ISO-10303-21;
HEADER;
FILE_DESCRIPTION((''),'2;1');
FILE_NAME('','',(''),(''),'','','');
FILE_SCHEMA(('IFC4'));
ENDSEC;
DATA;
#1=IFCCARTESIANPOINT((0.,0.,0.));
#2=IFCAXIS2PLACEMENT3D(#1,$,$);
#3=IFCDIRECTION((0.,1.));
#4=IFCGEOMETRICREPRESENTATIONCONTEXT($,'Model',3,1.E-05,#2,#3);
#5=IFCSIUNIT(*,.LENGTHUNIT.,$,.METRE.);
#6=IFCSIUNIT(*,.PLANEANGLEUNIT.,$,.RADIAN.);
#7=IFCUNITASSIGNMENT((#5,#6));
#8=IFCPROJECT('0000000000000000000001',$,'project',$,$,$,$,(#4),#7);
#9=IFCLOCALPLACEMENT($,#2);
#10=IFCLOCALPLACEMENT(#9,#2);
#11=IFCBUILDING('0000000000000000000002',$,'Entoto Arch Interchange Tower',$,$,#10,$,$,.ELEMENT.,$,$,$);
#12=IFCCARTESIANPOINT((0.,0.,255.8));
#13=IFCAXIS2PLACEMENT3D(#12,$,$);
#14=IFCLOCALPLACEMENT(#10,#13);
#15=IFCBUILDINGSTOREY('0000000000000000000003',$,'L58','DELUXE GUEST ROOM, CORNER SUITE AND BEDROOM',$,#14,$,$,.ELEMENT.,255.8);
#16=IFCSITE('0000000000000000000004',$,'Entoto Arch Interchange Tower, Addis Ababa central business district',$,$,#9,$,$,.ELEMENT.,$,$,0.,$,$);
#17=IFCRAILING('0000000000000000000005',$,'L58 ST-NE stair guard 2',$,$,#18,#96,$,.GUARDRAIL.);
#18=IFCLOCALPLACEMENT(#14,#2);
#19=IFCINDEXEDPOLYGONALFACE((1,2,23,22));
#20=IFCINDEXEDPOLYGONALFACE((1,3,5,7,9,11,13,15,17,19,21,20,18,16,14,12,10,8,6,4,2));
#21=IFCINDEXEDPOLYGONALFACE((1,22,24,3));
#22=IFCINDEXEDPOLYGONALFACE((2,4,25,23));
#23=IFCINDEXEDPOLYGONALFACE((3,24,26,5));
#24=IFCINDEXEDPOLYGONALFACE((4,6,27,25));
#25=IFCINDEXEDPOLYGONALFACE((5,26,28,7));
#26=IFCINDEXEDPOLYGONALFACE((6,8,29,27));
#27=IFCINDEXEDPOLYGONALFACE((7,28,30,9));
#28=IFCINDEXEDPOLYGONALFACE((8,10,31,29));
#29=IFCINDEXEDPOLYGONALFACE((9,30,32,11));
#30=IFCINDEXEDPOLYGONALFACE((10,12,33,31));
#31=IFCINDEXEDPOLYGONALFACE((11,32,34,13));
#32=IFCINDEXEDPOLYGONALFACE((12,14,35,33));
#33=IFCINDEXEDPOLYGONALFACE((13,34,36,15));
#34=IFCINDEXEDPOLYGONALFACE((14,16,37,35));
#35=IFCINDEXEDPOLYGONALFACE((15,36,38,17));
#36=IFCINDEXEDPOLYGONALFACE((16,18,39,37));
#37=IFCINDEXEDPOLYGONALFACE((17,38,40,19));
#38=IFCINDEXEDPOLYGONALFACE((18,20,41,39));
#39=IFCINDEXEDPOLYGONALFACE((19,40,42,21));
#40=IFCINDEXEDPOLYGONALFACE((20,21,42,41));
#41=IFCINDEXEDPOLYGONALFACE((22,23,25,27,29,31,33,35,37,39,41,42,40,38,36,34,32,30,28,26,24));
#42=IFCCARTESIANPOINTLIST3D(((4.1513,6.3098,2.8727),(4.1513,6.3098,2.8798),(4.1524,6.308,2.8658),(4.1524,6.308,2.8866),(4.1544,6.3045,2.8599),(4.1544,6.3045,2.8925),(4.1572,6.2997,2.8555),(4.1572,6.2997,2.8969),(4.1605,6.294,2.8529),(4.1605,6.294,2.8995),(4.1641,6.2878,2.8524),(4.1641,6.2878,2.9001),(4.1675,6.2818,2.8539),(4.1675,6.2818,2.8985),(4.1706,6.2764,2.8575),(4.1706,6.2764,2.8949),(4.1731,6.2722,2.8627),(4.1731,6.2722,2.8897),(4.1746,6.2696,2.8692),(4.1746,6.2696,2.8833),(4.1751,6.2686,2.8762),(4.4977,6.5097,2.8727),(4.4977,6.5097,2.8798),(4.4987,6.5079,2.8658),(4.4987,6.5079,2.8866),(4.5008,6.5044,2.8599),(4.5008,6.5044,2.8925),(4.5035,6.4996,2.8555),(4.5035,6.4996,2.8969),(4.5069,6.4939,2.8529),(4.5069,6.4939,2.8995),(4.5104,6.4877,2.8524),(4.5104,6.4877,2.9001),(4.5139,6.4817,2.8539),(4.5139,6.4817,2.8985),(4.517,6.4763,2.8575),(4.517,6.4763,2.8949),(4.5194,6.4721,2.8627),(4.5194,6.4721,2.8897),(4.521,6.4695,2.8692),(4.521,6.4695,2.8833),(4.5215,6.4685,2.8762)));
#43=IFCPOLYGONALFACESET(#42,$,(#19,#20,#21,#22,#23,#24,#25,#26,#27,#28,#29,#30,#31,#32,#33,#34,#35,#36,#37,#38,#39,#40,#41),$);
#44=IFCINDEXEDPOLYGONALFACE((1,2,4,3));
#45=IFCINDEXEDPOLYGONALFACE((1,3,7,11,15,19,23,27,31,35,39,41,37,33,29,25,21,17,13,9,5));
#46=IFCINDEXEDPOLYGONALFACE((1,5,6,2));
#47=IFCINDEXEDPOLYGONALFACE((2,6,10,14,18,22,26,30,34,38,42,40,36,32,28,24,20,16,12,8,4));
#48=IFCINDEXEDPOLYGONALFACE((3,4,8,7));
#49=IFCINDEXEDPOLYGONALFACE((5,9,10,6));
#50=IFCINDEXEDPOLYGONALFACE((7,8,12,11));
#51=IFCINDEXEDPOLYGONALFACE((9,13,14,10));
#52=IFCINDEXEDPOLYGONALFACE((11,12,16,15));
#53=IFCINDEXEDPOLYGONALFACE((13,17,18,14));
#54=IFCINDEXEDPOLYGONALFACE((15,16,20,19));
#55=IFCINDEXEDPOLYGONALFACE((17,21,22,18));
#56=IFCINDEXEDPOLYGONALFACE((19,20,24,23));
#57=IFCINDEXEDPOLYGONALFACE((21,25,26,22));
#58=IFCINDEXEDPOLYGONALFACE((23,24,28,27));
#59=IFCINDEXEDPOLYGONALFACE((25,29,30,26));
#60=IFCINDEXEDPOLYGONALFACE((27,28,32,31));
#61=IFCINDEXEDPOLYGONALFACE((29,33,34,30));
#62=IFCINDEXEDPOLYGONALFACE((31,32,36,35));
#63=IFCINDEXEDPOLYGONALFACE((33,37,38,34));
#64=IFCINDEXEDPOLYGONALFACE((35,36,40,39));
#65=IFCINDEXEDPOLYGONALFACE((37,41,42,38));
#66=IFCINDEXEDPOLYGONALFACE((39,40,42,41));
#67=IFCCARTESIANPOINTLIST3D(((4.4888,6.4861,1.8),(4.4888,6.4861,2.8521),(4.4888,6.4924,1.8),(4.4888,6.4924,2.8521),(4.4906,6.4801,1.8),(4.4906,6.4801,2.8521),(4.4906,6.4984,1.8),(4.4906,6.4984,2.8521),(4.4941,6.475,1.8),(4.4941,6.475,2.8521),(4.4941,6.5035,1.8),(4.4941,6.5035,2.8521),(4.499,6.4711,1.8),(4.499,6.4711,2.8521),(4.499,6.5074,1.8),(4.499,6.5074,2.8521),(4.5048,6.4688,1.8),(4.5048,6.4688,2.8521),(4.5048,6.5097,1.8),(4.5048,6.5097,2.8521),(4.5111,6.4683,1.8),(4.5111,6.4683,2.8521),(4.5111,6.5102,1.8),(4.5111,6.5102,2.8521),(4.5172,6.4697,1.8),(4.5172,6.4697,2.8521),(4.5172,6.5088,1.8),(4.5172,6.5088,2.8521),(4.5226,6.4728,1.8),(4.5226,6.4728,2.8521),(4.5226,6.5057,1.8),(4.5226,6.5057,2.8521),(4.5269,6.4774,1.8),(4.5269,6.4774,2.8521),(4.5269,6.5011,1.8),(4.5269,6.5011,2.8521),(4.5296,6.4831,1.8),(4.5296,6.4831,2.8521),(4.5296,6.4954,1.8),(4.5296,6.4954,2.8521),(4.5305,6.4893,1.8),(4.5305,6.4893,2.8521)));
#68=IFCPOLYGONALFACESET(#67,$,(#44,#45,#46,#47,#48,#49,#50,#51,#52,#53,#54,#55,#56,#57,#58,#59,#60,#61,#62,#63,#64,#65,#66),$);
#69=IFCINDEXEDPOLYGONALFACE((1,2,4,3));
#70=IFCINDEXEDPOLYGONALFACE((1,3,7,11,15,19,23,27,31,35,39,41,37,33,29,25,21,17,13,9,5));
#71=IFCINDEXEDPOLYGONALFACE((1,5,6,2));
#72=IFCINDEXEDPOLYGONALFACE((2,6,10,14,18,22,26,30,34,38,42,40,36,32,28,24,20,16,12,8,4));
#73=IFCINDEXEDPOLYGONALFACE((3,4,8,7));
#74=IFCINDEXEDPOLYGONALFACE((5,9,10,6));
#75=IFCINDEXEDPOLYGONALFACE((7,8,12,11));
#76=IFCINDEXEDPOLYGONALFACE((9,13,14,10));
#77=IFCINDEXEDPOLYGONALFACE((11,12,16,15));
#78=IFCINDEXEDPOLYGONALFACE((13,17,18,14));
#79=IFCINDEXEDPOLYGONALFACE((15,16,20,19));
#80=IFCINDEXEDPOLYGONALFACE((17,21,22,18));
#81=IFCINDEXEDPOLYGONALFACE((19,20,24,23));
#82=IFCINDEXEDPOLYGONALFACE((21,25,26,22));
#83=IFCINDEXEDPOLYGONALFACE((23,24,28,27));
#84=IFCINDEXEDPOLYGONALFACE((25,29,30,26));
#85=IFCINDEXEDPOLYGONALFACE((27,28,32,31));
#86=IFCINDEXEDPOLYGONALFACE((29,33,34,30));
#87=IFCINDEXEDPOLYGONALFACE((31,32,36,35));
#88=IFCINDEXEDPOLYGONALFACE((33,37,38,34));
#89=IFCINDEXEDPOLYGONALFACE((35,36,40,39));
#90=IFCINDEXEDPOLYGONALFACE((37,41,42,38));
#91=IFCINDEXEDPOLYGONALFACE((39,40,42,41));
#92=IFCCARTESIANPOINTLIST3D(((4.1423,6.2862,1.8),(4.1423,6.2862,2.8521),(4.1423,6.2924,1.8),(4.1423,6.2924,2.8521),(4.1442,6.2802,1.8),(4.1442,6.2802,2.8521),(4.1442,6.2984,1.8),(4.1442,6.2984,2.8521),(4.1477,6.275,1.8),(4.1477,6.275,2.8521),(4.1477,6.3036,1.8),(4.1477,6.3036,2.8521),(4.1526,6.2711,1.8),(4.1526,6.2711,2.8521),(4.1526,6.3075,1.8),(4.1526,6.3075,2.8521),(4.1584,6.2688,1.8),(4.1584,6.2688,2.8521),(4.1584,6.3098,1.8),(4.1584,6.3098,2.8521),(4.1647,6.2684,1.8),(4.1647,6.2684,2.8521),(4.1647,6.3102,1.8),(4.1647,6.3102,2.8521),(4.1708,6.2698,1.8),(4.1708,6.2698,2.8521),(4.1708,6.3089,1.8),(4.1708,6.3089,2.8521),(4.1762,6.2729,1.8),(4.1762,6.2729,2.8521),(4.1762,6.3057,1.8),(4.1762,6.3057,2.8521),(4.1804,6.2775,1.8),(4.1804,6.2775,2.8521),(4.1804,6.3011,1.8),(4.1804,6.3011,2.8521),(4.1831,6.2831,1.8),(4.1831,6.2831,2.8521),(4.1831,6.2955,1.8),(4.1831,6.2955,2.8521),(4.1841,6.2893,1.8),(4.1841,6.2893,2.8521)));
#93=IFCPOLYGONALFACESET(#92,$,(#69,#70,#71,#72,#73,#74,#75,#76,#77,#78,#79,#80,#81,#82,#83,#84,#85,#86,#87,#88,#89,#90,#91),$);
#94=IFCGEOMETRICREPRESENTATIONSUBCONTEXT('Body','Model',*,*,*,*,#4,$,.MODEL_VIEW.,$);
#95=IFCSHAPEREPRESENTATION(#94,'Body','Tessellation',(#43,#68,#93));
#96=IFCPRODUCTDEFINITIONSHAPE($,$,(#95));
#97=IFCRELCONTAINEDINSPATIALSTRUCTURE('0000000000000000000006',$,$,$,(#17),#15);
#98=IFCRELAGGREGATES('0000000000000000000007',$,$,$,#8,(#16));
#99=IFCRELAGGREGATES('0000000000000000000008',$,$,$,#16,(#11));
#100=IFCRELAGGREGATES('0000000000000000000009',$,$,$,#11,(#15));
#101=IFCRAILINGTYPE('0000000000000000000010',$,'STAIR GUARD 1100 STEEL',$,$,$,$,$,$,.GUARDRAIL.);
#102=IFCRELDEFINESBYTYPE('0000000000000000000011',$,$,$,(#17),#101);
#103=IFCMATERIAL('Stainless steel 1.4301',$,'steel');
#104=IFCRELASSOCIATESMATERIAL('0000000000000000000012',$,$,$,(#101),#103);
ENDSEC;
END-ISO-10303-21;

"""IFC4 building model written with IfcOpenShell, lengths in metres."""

from ifc_helpers import new_model, si_unit, direction, frame, origin, origin_2d, place, context, subcontext, project, spatial, circle, extrude, material, type_object, element, save


model = new_model("IFC4")

# Units and contexts
model_context = context("Model", 3, precision=1e-05, world=origin(), true_north=direction((0.0, 1.0)))
body_context = subcontext(model_context, "Body", "Model", "MODEL_VIEW")
ifc_project = project(units=[si_unit("LENGTHUNIT", "METRE"), si_unit("PLANEANGLEUNIT", "RADIAN")], contexts=[model_context])

# Site, building, storey
site_placement = place(None, origin())
site = spatial("IfcSite", under=ifc_project, at=site_placement, Name="Entoto Arch Interchange Tower, Addis Ababa central business district", CompositionType="ELEMENT", RefElevation=0.0)
building_placement = place(site_placement, origin())
building = spatial("IfcBuilding", under=site, at=building_placement, Name="Entoto Arch Interchange Tower", CompositionType="ELEMENT")
storey_placement = place(building_placement, frame((0.0, 0.0, 255.8)))
storey = spatial("IfcBuildingStorey", under=building, at=storey_placement, Name="L58", Description="DELUXE GUEST ROOM, CORNER SUITE AND BEDROOM", CompositionType="ELEMENT", Elevation=255.8)

# Railing
ifc_material_1 = material(Name="Stainless steel 1.4301", Category="steel")
railing_type_1 = type_object("IfcRailingType", Name="STAIR GUARD 1100 STEEL", PredefinedType="GUARDRAIL", material=ifc_material_1)
railing_1_placement = place(storey_placement, frame((4.5095, 6.4893, 1.8)))
element("IfcRailing", 1, at=railing_1_placement, inside=storey, type_object=railing_type_1, Name="L58 ST-NE stair guard 2", PredefinedType="GUARDRAIL", context=body_context, shape_type="SweptSolid", body=[
    extrude(circle(Radius=0.0239, at=origin_2d()), frame((0.0, 0.0, 1.0762), z_axis=(-0.866094, -0.499881, 0.0), x_axis=(0.499881, -0.866094, 0.0)), (0.0, 0.0, 1.0), 0.3999),
    extrude(circle(Radius=0.021, at=origin_2d()), origin(), (0.0, 0.0, 1.0), 1.052),
    extrude(circle(Radius=0.021, at=origin_2d()), frame((-0.3464, -0.2, 0.0)), (0.0, 0.0, 1.0), 1.052),
])

save(model, "model.ifc")
